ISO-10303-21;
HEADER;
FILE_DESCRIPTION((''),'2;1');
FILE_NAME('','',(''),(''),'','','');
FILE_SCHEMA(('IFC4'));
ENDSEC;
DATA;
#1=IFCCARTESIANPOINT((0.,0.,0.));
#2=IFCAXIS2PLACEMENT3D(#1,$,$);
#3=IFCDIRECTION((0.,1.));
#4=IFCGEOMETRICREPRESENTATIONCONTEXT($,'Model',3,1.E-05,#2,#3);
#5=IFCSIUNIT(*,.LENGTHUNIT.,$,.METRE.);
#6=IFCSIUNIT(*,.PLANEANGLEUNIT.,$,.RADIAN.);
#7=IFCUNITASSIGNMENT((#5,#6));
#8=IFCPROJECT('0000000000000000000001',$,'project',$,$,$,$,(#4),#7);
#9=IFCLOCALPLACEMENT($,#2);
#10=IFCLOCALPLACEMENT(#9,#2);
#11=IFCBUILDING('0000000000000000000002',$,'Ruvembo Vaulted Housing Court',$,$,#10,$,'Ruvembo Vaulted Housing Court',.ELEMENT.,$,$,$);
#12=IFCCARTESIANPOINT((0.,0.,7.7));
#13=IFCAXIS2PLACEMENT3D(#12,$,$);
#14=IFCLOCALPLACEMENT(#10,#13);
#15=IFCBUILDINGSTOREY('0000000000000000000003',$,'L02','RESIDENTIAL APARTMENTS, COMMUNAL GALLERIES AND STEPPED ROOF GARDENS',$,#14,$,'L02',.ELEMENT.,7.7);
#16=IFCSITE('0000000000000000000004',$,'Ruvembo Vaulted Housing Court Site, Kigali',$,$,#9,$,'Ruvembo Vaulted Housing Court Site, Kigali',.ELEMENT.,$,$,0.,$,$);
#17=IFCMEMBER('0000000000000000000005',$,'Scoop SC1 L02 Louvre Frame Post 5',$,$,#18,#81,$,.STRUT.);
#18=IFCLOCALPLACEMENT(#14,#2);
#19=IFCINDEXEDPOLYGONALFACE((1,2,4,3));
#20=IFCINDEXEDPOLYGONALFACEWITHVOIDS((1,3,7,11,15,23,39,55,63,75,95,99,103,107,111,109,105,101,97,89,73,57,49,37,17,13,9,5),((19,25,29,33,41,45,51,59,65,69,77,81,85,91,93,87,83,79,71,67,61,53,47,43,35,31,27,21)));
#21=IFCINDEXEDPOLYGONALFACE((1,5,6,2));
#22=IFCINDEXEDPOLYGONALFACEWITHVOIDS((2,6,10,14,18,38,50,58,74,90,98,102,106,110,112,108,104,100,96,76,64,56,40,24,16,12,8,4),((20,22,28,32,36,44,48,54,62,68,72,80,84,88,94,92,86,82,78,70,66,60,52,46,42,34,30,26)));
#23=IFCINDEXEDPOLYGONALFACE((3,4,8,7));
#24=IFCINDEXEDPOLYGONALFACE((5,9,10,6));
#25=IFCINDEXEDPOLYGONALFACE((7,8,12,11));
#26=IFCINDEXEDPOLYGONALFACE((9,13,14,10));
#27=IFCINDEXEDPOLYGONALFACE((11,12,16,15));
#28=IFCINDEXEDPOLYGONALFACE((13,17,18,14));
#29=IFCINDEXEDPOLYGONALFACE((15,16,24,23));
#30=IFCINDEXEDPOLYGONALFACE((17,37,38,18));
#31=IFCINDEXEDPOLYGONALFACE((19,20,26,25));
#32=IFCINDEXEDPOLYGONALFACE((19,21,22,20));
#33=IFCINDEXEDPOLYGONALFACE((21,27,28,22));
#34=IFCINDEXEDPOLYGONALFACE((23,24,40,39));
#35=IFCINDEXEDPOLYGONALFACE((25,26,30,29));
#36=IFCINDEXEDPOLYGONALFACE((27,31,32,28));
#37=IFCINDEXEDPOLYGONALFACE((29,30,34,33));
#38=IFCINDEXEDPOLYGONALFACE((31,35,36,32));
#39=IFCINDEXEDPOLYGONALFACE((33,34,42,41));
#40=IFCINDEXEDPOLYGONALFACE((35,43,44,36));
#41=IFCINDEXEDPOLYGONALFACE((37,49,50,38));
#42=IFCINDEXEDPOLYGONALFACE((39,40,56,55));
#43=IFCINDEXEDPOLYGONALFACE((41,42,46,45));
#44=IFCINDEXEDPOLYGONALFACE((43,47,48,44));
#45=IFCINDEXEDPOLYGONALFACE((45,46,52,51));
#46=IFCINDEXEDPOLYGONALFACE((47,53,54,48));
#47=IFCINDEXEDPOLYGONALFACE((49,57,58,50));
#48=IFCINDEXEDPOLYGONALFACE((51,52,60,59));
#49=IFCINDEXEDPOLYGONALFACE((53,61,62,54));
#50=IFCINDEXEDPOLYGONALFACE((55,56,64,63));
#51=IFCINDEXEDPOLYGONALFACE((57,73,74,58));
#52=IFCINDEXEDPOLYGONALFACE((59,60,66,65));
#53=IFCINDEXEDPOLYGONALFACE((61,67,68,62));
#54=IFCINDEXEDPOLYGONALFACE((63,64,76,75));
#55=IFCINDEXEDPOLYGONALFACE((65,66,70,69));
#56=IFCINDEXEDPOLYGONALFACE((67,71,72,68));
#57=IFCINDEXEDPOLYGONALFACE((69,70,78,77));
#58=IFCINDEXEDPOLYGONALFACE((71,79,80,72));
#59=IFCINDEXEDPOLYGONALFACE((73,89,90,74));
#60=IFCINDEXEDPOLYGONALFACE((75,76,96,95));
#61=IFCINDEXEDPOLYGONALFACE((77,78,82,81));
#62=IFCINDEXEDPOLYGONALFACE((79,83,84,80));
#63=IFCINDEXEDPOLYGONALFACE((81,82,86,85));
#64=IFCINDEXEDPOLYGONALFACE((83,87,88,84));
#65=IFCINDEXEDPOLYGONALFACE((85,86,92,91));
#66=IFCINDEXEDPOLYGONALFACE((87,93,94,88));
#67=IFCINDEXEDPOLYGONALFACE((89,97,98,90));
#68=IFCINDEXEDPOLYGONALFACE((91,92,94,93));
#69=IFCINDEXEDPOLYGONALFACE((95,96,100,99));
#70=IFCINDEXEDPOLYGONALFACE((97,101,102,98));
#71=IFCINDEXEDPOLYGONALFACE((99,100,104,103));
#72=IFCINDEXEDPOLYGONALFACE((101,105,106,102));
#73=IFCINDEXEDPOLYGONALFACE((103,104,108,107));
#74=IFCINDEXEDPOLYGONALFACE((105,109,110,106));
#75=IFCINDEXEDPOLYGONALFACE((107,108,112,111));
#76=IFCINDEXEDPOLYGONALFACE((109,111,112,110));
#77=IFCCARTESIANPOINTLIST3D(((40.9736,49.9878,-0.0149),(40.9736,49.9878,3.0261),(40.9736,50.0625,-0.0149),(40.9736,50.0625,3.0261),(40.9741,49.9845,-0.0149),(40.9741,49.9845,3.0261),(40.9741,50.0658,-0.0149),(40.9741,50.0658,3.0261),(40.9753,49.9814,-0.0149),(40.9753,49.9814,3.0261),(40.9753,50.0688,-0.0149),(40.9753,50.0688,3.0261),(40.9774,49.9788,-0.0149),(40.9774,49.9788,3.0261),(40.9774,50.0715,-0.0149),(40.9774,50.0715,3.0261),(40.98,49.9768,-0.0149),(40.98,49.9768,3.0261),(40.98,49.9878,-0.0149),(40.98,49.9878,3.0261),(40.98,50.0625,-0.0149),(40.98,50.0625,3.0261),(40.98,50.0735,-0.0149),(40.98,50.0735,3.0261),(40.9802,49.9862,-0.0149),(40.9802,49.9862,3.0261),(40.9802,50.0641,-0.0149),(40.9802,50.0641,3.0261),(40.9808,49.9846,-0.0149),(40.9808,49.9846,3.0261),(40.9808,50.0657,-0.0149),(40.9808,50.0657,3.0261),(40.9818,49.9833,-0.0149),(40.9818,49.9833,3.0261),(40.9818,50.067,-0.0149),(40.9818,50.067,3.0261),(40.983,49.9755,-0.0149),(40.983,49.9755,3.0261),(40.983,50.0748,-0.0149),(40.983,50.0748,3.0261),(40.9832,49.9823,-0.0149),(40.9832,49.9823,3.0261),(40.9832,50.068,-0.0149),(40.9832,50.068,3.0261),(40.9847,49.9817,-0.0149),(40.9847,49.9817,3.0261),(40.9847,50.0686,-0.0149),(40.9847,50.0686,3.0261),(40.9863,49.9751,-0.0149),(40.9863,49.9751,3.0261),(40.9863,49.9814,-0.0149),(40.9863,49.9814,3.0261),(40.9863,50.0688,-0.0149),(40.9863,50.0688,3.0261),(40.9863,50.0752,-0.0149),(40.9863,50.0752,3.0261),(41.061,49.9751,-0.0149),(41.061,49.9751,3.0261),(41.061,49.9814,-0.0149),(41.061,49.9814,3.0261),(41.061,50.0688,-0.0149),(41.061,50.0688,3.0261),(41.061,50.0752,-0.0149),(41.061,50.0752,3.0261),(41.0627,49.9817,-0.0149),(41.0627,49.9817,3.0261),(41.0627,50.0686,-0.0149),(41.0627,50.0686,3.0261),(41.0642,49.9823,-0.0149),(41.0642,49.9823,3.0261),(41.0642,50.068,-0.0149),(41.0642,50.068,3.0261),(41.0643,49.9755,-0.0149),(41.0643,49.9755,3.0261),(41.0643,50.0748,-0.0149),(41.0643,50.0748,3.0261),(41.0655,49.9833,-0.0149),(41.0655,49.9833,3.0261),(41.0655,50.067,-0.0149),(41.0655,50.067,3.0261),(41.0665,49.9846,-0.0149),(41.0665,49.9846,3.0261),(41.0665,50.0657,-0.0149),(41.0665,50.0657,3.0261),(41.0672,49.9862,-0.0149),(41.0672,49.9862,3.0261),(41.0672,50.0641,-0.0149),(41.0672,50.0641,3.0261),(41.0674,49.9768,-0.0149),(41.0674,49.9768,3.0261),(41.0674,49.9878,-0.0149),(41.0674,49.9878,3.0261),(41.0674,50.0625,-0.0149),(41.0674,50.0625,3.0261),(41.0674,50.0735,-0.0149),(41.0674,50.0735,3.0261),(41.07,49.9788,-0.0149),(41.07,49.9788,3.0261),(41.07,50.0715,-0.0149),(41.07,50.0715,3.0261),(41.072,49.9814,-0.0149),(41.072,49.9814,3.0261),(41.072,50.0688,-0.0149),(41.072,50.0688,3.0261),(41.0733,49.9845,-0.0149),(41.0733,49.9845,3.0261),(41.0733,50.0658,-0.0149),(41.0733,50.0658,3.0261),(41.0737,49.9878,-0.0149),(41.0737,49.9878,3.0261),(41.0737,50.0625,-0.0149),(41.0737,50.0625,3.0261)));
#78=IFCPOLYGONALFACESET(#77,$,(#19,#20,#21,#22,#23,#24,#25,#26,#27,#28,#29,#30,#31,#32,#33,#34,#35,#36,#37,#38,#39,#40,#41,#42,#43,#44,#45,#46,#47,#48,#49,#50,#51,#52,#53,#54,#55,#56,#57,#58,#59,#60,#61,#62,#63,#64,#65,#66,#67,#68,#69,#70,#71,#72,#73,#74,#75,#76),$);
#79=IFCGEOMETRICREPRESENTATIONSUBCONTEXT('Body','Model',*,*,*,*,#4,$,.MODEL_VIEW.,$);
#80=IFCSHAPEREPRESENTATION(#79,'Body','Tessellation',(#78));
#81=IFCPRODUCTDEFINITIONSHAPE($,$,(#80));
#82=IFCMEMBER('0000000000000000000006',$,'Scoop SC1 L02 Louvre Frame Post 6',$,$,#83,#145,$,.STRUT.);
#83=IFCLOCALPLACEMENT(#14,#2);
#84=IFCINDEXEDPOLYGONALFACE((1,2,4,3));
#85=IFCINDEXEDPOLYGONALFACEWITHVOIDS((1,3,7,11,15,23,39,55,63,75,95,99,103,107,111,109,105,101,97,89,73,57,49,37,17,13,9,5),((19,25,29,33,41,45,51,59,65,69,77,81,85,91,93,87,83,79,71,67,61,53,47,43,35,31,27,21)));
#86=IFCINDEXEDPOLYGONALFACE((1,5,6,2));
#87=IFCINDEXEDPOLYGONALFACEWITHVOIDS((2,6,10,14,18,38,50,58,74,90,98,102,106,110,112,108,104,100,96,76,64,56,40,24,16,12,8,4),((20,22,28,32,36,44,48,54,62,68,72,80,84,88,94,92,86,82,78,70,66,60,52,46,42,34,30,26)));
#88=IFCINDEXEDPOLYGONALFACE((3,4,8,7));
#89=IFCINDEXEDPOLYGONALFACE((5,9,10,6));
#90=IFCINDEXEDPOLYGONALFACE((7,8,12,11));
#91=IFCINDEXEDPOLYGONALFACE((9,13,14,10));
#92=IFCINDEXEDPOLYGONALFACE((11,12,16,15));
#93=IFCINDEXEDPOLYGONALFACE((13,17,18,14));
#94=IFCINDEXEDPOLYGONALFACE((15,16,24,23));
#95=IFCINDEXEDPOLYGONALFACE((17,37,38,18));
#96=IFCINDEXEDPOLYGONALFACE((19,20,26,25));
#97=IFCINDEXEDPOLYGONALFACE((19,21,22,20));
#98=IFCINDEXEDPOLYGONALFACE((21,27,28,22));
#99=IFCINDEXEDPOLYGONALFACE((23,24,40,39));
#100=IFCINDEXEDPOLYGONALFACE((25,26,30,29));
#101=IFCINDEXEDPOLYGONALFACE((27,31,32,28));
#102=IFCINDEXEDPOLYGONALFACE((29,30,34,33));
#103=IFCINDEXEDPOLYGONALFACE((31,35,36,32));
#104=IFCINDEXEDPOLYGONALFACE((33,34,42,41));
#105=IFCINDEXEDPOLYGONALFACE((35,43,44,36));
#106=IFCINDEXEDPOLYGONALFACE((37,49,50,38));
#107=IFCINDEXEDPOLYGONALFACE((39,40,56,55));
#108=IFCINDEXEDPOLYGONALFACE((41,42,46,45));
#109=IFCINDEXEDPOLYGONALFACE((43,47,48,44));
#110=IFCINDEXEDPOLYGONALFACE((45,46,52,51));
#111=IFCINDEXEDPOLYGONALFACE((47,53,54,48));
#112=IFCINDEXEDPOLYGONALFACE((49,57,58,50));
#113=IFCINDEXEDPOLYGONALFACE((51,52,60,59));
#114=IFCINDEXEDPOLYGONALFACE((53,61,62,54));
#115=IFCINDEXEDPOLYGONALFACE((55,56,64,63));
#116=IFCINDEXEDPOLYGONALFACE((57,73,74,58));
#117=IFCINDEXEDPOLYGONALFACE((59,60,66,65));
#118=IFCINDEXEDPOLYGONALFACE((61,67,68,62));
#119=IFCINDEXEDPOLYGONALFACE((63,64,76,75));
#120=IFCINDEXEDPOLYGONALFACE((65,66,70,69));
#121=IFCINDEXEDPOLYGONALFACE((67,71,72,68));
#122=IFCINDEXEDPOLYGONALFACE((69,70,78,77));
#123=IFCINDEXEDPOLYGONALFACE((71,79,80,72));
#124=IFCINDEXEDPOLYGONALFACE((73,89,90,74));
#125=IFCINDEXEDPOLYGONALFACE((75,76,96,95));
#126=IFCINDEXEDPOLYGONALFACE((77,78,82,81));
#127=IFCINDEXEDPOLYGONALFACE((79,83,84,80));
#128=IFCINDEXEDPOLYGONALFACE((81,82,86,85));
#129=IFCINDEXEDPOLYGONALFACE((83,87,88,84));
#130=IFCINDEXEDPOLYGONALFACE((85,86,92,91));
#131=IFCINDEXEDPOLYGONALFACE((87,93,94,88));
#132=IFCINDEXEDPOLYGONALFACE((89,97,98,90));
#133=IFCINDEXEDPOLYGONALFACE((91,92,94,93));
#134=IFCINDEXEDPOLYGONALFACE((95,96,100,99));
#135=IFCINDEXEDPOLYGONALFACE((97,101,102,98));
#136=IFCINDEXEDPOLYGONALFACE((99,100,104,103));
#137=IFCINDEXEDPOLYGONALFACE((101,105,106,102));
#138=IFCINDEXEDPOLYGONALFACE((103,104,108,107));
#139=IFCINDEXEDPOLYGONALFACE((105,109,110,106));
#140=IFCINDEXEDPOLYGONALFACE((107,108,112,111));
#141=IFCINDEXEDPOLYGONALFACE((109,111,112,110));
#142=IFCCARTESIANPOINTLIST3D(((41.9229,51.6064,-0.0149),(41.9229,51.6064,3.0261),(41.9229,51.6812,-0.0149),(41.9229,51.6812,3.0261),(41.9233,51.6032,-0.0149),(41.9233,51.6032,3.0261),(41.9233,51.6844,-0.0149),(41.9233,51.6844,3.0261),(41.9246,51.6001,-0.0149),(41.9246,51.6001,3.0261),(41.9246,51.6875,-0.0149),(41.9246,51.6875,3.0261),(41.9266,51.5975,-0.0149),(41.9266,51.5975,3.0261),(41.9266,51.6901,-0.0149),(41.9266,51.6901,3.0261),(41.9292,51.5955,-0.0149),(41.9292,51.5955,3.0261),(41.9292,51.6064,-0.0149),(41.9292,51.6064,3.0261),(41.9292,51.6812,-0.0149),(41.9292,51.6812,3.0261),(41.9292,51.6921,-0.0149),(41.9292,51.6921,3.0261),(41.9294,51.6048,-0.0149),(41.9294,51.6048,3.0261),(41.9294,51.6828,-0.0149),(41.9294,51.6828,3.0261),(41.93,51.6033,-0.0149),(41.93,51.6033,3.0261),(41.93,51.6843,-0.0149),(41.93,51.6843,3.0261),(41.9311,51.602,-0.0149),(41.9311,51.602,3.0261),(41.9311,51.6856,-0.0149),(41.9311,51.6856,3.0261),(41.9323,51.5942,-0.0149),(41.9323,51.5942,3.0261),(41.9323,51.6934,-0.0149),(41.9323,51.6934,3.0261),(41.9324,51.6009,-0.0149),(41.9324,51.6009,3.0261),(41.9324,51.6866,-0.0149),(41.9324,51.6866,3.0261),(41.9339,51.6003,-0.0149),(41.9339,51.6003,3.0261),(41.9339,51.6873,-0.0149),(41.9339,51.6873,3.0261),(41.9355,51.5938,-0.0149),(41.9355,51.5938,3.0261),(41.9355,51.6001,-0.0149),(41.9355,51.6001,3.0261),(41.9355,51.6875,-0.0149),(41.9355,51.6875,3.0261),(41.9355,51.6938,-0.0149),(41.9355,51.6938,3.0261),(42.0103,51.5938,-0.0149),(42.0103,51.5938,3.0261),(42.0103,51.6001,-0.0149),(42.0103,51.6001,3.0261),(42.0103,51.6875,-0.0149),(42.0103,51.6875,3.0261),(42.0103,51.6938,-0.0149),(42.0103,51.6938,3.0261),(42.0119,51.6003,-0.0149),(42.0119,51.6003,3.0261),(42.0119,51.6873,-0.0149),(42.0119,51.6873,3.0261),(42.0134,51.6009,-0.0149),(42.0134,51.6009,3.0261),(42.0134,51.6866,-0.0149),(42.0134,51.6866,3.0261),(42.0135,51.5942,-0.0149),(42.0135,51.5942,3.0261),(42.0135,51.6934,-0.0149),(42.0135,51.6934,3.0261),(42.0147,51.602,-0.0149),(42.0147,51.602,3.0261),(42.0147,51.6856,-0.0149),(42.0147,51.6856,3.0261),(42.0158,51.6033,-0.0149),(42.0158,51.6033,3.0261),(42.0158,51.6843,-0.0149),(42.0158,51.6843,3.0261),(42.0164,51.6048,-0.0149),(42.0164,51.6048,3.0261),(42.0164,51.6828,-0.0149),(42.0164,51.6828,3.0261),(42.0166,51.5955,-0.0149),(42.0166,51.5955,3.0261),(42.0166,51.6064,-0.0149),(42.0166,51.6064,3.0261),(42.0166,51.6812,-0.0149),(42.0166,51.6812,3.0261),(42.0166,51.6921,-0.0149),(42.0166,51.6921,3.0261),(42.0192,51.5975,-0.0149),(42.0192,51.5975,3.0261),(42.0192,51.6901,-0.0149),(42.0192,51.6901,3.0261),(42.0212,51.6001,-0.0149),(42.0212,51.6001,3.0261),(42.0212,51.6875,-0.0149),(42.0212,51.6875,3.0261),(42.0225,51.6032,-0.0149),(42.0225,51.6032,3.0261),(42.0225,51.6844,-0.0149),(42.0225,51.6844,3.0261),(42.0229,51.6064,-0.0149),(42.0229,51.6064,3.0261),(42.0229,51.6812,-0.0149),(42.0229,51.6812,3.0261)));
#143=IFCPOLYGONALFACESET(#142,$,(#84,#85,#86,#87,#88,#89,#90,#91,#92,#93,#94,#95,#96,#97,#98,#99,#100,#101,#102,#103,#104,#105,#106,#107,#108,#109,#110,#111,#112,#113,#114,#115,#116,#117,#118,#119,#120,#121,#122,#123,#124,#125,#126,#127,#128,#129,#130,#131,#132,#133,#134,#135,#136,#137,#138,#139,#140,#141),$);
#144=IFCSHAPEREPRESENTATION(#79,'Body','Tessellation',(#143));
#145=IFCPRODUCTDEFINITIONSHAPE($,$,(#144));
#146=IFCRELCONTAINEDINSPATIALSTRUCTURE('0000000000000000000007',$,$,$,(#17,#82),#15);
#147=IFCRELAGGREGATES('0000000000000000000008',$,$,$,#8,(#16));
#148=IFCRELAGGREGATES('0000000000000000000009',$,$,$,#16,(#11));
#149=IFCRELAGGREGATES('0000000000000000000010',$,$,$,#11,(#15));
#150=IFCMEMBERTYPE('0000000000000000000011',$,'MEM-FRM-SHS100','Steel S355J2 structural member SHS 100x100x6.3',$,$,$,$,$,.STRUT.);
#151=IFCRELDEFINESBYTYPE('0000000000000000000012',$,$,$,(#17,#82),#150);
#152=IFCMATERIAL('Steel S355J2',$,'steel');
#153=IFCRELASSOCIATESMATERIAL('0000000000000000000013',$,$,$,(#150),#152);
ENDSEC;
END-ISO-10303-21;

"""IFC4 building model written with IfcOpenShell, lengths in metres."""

from ifc_helpers import new_model, si_unit, direction, frame, origin, origin_2d, place, context, subcontext, project, spatial, hollow_rectangle, extrude, material, material_profile, profile_set, type_object, element, save


model = new_model("IFC4")

# Units and contexts
model_context = context("Model", 3, precision=1e-05, world=origin(), true_north=direction((0.0, 1.0)))
body_context = subcontext(model_context, "Body", "Model", "MODEL_VIEW")
ifc_project = project(units=[si_unit("LENGTHUNIT", "METRE"), si_unit("PLANEANGLEUNIT", "RADIAN")], contexts=[model_context])

# Site, building, storey
site_placement = place(None, origin())
site = spatial("IfcSite", under=ifc_project, at=site_placement, Name="Ruvembo Vaulted Housing Court Site, Kigali", LongName="Ruvembo Vaulted Housing Court Site, Kigali", CompositionType="ELEMENT", RefElevation=0.0)
building_placement = place(site_placement, origin())
building = spatial("IfcBuilding", under=site, at=building_placement, Name="Ruvembo Vaulted Housing Court", LongName="Ruvembo Vaulted Housing Court", CompositionType="ELEMENT")
storey_placement = place(building_placement, frame((0.0, 0.0, 7.7)))
storey = spatial("IfcBuildingStorey", under=building, at=storey_placement, Name="L02", Description="RESIDENTIAL APARTMENTS, COMMUNAL GALLERIES AND STEPPED ROOF GARDENS", LongName="L02", CompositionType="ELEMENT", Elevation=7.7)

# Shared definitions
ifc_material_1 = material(Name="Steel S355J2", Category="steel")

# Members
ifc_material_profile_1 = material_profile(ifc_material_1, hollow_rectangle(XDim=0.1001, YDim=0.1001, WallThickness=0.0063, InnerFilletRadius=0.0063, OuterFilletRadius=0.0127, at=origin_2d()), Name="SHS 100x100x6.3")
ifc_profile_set_1 = profile_set([ifc_material_profile_1], Name="Steel S355J2")
member_type_1 = type_object("IfcMemberType", Name="MEM-FRM-SHS100", Description="Steel S355J2 structural member SHS 100x100x6.3", PredefinedType="STRUT", material=ifc_profile_set_1)
for number, where, z_axis, x_axis, name in (
    (1, (41.0237, 50.0251, -0.0149), (0.0, 0.0, 1.0), (1.0, 0.0, 0.0), "Scoop SC1 L02 Louvre Frame Post 5"),
    (2, (41.9729, 51.6438, -0.0149), (0.0, 0.0, 1.0), (1.0, 0.0, 0.0), "Scoop SC1 L02 Louvre Frame Post 6"),
):
    element("IfcMember", number, at=place(storey_placement, frame(where, z_axis=z_axis, x_axis=x_axis)), inside=storey, type_object=member_type_1, Name=name, PredefinedType="STRUT", context=body_context, shape_type="SweptSolid", body=[
        extrude(hollow_rectangle(XDim=0.1001, YDim=0.1001, WallThickness=0.0063, InnerFilletRadius=0.0063, OuterFilletRadius=0.0127, at=origin_2d()), origin(), (0.0, 0.0, 1.0), 3.041),
    ])

save(model, "model.ifc")
